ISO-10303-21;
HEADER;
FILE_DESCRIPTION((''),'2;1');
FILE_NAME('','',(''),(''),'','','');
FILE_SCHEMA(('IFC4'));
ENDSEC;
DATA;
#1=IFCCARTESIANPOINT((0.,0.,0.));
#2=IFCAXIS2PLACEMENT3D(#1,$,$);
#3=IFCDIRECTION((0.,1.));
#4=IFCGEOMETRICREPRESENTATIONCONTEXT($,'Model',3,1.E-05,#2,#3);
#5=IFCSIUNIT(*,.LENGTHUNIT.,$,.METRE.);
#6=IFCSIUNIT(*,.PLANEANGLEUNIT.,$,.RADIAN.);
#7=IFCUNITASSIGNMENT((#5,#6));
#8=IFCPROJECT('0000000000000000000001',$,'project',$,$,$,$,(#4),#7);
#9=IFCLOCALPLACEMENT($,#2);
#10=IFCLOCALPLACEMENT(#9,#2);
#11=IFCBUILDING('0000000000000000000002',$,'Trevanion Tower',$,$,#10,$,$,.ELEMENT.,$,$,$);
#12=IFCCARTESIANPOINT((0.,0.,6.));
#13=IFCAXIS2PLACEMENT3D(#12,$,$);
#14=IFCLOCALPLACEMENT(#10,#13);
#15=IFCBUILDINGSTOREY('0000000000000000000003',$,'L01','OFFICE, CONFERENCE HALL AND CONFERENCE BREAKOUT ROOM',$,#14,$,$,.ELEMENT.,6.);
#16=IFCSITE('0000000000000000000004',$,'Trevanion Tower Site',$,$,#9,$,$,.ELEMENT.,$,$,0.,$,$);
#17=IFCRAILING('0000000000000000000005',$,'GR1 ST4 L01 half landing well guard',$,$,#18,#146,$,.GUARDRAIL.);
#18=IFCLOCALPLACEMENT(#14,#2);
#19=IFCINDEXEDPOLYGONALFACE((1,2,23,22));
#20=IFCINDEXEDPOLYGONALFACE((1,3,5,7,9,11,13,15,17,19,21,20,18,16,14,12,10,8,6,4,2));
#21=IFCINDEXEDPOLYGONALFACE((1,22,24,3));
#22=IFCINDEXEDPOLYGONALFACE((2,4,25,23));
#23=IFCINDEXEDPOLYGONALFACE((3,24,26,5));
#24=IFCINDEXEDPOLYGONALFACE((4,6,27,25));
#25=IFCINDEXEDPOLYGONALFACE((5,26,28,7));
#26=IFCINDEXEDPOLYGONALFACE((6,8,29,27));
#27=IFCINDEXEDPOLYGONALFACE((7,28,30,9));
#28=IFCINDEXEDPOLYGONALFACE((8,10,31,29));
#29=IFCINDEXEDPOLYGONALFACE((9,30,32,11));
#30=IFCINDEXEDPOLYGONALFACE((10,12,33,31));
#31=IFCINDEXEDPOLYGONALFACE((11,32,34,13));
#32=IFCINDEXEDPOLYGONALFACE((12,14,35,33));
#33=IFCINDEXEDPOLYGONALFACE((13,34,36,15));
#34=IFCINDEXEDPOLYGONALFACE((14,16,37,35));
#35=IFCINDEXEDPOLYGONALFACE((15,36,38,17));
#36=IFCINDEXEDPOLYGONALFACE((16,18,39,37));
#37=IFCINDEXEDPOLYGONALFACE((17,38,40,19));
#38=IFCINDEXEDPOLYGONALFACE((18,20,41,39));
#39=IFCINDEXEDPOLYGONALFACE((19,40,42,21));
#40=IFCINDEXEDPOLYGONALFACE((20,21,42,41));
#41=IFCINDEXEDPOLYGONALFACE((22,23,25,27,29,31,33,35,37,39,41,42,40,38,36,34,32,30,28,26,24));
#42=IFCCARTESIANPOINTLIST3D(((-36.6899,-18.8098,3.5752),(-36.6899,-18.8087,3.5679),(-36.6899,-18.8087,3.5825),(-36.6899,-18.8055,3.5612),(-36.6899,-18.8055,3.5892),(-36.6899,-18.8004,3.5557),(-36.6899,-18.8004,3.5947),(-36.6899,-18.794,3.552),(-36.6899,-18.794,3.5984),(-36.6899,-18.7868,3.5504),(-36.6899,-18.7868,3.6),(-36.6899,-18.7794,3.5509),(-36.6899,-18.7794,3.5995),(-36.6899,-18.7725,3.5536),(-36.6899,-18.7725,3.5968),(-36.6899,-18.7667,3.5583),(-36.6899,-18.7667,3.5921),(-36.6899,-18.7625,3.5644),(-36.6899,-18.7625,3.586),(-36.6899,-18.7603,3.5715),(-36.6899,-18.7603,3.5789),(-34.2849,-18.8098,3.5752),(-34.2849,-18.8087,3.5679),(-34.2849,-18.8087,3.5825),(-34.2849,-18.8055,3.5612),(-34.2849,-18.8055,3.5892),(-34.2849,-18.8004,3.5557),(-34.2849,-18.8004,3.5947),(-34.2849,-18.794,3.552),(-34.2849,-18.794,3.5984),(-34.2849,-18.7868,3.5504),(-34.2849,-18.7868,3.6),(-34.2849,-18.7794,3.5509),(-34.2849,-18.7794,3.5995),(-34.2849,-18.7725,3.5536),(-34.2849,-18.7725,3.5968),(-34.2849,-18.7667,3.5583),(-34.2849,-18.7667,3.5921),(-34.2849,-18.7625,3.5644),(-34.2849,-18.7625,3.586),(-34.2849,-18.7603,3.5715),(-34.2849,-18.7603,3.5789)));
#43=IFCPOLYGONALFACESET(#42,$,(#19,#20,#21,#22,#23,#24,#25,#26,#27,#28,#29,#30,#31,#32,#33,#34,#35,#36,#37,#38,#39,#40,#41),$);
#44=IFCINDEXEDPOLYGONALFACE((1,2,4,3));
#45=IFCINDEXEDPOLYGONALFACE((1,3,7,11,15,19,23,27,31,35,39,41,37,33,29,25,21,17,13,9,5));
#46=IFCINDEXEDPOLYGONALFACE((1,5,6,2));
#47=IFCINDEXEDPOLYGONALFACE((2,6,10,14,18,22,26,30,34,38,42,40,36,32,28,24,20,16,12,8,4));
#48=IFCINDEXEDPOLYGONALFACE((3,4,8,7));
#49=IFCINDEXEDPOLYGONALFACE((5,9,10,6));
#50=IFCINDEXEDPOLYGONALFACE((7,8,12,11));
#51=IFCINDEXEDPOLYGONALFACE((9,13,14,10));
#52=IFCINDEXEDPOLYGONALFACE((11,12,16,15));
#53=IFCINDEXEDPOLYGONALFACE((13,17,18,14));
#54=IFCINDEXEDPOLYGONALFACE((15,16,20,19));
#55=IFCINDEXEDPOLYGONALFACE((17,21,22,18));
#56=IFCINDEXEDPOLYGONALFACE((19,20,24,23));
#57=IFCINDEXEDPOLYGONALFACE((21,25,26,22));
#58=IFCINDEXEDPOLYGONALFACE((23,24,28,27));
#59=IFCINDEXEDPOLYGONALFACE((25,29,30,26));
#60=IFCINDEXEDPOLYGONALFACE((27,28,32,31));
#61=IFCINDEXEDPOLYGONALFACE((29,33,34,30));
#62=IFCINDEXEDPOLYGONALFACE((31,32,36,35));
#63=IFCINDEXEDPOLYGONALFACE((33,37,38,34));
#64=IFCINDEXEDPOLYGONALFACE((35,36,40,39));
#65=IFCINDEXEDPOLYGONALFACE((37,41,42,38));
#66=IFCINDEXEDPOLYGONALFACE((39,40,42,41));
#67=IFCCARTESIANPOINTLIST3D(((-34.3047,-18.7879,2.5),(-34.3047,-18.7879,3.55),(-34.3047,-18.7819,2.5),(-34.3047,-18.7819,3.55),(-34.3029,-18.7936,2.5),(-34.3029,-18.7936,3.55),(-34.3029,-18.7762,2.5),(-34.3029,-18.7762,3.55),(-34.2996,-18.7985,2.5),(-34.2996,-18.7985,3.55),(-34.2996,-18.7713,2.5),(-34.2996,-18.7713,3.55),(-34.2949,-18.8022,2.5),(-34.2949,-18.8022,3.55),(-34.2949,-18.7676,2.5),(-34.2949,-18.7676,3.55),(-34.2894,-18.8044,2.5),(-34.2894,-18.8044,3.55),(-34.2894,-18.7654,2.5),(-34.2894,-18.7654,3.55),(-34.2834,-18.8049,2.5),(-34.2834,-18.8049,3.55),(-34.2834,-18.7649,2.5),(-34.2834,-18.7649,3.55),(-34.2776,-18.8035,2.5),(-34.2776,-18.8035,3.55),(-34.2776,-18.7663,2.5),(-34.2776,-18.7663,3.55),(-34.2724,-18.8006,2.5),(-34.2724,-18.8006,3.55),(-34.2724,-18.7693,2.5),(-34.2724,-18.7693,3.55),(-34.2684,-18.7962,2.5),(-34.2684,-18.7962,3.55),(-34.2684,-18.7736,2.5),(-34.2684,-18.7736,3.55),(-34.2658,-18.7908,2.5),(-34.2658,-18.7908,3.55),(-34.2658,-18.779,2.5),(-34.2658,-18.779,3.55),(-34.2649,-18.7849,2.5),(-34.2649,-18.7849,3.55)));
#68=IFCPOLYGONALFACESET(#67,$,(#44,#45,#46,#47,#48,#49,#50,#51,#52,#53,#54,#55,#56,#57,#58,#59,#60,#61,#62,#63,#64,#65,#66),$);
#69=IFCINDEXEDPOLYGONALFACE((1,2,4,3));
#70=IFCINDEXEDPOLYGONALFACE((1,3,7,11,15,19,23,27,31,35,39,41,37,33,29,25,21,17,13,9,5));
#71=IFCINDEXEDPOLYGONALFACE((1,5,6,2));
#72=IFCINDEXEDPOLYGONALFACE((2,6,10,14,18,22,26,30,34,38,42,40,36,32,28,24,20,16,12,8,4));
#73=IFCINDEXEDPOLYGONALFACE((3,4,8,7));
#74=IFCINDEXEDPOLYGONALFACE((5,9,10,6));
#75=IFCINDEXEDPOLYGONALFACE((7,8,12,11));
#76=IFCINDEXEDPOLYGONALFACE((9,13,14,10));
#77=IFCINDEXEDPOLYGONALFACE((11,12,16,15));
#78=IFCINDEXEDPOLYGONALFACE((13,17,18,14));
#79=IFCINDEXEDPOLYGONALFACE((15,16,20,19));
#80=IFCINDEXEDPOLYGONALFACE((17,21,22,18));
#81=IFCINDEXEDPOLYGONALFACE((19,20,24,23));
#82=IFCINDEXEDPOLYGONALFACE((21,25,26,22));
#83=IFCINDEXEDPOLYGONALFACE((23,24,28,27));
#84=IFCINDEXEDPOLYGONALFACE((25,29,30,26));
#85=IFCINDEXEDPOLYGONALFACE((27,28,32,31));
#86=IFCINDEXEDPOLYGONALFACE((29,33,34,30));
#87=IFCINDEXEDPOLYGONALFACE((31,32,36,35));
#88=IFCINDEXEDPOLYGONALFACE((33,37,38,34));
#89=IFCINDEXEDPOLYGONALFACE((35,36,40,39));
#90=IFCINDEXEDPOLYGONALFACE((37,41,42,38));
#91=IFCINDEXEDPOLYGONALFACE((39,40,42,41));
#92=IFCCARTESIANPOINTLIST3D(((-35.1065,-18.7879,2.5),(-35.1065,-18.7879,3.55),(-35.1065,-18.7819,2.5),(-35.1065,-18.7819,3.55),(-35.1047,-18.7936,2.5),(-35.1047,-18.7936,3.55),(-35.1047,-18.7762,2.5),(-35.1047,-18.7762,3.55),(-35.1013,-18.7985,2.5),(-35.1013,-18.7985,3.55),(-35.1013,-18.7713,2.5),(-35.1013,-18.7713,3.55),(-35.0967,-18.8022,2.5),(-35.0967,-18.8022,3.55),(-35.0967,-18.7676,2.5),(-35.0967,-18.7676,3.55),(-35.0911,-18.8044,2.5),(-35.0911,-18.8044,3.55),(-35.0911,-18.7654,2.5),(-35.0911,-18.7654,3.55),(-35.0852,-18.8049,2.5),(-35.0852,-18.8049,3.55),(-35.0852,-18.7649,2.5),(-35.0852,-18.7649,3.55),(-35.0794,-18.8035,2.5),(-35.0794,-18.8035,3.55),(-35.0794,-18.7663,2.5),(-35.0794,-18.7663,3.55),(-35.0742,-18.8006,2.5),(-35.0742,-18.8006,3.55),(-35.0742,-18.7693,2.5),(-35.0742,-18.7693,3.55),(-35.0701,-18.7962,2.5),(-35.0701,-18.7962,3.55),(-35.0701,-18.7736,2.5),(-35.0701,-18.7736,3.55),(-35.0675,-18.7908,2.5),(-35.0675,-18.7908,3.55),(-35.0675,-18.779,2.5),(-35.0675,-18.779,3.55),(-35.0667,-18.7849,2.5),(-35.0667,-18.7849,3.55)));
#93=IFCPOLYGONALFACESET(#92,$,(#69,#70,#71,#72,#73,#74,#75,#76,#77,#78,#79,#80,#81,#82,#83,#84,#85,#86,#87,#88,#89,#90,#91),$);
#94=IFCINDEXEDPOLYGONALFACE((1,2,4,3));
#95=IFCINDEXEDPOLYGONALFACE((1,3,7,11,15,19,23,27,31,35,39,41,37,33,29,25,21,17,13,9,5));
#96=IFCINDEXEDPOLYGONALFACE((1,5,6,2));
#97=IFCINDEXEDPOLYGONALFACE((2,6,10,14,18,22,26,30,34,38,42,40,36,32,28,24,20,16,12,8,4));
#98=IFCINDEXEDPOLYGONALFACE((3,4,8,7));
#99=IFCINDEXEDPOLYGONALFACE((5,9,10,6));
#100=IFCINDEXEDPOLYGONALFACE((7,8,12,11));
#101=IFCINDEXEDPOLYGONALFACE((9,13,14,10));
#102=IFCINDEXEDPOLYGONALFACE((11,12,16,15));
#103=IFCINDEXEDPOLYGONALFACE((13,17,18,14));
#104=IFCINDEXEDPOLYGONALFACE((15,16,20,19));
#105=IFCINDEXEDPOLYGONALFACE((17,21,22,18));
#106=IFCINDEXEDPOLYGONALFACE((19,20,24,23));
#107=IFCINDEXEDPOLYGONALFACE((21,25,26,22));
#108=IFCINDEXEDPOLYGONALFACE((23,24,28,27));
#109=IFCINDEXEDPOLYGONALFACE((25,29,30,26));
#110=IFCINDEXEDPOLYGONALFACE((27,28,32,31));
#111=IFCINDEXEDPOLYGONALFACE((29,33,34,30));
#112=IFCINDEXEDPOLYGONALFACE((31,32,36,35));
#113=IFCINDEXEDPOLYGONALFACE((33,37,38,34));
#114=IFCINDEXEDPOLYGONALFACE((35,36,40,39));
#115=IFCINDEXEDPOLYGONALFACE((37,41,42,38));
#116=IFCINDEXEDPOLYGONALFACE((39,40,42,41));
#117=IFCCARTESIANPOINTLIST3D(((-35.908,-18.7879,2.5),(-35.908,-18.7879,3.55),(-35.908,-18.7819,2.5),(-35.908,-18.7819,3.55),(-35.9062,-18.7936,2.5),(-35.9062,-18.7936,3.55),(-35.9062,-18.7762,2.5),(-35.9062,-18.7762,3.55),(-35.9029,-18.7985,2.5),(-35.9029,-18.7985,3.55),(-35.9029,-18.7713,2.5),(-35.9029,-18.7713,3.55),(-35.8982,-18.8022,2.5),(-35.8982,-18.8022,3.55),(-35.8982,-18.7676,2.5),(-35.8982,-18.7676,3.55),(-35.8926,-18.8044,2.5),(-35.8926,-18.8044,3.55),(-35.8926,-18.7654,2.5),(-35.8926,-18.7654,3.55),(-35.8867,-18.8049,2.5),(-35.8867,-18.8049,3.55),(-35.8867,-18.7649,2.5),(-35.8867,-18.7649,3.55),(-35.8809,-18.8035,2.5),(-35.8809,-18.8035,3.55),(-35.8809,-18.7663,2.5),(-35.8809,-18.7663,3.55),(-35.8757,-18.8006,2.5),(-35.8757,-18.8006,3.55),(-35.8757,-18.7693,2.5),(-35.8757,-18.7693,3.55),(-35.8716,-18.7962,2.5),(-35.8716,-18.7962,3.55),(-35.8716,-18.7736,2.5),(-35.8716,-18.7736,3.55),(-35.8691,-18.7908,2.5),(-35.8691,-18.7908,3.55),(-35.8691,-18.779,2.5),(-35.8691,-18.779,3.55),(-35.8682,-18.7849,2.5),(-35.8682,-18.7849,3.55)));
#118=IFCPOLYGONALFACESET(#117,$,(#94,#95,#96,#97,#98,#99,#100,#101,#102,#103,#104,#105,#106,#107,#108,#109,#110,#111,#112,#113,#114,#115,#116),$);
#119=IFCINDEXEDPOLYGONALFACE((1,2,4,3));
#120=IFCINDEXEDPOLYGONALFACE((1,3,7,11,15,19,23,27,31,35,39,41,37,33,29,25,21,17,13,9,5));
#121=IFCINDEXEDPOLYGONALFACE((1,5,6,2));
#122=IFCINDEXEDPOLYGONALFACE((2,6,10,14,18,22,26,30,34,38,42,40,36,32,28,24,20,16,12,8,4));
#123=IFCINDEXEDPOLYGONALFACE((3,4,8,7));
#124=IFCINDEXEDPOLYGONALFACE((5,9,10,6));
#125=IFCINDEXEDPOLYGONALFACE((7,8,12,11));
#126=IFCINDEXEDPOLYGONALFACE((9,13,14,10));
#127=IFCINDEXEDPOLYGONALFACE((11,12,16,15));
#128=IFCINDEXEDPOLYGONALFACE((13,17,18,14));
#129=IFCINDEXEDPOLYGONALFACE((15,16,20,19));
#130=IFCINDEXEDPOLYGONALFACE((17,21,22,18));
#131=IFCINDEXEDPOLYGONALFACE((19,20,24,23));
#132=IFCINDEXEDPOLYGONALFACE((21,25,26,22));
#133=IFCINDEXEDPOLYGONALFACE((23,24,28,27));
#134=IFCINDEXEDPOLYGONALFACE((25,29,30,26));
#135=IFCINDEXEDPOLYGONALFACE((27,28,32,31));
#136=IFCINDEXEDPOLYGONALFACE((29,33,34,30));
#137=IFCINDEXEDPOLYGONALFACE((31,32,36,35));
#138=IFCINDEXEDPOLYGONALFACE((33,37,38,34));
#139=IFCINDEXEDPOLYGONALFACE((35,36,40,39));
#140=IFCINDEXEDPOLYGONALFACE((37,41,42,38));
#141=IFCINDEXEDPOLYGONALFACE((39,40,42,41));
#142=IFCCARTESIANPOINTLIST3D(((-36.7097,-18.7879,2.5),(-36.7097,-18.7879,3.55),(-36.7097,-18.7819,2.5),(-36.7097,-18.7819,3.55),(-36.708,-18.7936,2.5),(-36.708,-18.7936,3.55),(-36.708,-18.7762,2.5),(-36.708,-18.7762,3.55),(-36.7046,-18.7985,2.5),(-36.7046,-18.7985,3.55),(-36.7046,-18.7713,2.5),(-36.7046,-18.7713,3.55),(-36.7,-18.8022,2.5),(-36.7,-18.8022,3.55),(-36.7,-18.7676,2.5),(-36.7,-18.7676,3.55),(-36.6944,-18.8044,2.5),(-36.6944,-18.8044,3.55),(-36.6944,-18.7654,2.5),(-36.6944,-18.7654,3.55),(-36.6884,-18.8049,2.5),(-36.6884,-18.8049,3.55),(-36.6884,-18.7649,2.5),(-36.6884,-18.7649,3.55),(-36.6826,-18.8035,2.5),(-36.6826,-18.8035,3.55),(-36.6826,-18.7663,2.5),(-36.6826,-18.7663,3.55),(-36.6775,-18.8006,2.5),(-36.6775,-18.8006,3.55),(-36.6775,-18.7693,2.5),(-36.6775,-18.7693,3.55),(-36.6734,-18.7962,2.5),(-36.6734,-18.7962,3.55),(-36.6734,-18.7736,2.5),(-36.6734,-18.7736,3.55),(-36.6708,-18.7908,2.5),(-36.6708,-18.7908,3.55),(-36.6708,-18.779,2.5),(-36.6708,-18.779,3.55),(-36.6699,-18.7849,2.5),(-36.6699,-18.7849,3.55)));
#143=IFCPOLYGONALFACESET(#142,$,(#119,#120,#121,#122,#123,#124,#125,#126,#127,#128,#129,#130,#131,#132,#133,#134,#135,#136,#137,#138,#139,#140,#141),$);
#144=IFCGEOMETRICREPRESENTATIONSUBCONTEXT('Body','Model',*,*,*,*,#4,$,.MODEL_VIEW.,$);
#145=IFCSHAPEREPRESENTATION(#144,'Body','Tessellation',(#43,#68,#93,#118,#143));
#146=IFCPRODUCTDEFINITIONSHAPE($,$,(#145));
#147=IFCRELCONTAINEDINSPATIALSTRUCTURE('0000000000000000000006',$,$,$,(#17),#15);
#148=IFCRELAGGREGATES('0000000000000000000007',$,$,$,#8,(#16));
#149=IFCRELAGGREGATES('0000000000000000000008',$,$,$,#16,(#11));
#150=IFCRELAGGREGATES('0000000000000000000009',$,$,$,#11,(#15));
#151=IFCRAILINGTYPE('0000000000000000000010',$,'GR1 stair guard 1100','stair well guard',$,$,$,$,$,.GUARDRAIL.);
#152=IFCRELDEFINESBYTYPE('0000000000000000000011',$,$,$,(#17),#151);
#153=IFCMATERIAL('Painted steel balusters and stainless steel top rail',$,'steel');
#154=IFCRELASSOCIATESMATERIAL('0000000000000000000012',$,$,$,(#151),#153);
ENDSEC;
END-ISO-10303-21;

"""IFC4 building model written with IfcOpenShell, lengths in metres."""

from ifc_helpers import new_model, si_unit, direction, frame, origin, origin_2d, place, context, subcontext, project, spatial, circle, extrude, material, type_object, element, save


model = new_model("IFC4")

# Units and contexts
model_context = context("Model", 3, precision=1e-05, world=origin(), true_north=direction((0.0, 1.0)))
body_context = subcontext(model_context, "Body", "Model", "MODEL_VIEW")
ifc_project = project(units=[si_unit("LENGTHUNIT", "METRE"), si_unit("PLANEANGLEUNIT", "RADIAN")], contexts=[model_context])

# Site, building, storey
site_placement = place(None, origin())
site = spatial("IfcSite", under=ifc_project, at=site_placement, Name="Trevanion Tower Site", CompositionType="ELEMENT", RefElevation=0.0)
building_placement = place(site_placement, origin())
building = spatial("IfcBuilding", under=site, at=building_placement, Name="Trevanion Tower", CompositionType="ELEMENT")
storey_placement = place(building_placement, frame((0.0, 0.0, 6.0)))
storey = spatial("IfcBuildingStorey", under=building, at=storey_placement, Name="L01", Description="OFFICE, CONFERENCE HALL AND CONFERENCE BREAKOUT ROOM", CompositionType="ELEMENT", Elevation=6.0)

# Railing
ifc_material_1 = material(Name="Painted steel balusters and stainless steel top rail", Category="steel")
railing_type_1 = type_object("IfcRailingType", Name="GR1 stair guard 1100", Description="stair well guard", PredefinedType="GUARDRAIL", material=ifc_material_1)
for number, where, name in (
    (1, (-34.2849, -18.7849, 2.5), "GR1 ST4 L01 half landing well guard"),
):
    element("IfcRailing", number, at=place(storey_placement, frame(where)), inside=storey, type_object=railing_type_1, Name=name, PredefinedType="GUARDRAIL", context=body_context, shape_type="SweptSolid", body=[
        extrude(circle(Radius=0.0249, at=origin_2d()), frame((0.0, 0.0, 1.0752), z_axis=(-1.0, 0.0, 0.0), x_axis=(0.0, -1.0, 0.0)), (0.0, 0.0, 1.0), 2.405),
        extrude(circle(Radius=0.02, at=origin_2d()), origin(), (0.0, 0.0, 1.0), 1.05),
        extrude(circle(Radius=0.02, at=origin_2d()), frame((-0.8018, 0.0, 0.0)), (0.0, 0.0, 1.0), 1.05),
        extrude(circle(Radius=0.02, at=origin_2d()), frame((-1.6033, 0.0, 0.0)), (0.0, 0.0, 1.0), 1.05),
        extrude(circle(Radius=0.02, at=origin_2d()), frame((-2.405, 0.0, 0.0)), (0.0, 0.0, 1.0), 1.05),
    ])

save(model, "model.ifc")
